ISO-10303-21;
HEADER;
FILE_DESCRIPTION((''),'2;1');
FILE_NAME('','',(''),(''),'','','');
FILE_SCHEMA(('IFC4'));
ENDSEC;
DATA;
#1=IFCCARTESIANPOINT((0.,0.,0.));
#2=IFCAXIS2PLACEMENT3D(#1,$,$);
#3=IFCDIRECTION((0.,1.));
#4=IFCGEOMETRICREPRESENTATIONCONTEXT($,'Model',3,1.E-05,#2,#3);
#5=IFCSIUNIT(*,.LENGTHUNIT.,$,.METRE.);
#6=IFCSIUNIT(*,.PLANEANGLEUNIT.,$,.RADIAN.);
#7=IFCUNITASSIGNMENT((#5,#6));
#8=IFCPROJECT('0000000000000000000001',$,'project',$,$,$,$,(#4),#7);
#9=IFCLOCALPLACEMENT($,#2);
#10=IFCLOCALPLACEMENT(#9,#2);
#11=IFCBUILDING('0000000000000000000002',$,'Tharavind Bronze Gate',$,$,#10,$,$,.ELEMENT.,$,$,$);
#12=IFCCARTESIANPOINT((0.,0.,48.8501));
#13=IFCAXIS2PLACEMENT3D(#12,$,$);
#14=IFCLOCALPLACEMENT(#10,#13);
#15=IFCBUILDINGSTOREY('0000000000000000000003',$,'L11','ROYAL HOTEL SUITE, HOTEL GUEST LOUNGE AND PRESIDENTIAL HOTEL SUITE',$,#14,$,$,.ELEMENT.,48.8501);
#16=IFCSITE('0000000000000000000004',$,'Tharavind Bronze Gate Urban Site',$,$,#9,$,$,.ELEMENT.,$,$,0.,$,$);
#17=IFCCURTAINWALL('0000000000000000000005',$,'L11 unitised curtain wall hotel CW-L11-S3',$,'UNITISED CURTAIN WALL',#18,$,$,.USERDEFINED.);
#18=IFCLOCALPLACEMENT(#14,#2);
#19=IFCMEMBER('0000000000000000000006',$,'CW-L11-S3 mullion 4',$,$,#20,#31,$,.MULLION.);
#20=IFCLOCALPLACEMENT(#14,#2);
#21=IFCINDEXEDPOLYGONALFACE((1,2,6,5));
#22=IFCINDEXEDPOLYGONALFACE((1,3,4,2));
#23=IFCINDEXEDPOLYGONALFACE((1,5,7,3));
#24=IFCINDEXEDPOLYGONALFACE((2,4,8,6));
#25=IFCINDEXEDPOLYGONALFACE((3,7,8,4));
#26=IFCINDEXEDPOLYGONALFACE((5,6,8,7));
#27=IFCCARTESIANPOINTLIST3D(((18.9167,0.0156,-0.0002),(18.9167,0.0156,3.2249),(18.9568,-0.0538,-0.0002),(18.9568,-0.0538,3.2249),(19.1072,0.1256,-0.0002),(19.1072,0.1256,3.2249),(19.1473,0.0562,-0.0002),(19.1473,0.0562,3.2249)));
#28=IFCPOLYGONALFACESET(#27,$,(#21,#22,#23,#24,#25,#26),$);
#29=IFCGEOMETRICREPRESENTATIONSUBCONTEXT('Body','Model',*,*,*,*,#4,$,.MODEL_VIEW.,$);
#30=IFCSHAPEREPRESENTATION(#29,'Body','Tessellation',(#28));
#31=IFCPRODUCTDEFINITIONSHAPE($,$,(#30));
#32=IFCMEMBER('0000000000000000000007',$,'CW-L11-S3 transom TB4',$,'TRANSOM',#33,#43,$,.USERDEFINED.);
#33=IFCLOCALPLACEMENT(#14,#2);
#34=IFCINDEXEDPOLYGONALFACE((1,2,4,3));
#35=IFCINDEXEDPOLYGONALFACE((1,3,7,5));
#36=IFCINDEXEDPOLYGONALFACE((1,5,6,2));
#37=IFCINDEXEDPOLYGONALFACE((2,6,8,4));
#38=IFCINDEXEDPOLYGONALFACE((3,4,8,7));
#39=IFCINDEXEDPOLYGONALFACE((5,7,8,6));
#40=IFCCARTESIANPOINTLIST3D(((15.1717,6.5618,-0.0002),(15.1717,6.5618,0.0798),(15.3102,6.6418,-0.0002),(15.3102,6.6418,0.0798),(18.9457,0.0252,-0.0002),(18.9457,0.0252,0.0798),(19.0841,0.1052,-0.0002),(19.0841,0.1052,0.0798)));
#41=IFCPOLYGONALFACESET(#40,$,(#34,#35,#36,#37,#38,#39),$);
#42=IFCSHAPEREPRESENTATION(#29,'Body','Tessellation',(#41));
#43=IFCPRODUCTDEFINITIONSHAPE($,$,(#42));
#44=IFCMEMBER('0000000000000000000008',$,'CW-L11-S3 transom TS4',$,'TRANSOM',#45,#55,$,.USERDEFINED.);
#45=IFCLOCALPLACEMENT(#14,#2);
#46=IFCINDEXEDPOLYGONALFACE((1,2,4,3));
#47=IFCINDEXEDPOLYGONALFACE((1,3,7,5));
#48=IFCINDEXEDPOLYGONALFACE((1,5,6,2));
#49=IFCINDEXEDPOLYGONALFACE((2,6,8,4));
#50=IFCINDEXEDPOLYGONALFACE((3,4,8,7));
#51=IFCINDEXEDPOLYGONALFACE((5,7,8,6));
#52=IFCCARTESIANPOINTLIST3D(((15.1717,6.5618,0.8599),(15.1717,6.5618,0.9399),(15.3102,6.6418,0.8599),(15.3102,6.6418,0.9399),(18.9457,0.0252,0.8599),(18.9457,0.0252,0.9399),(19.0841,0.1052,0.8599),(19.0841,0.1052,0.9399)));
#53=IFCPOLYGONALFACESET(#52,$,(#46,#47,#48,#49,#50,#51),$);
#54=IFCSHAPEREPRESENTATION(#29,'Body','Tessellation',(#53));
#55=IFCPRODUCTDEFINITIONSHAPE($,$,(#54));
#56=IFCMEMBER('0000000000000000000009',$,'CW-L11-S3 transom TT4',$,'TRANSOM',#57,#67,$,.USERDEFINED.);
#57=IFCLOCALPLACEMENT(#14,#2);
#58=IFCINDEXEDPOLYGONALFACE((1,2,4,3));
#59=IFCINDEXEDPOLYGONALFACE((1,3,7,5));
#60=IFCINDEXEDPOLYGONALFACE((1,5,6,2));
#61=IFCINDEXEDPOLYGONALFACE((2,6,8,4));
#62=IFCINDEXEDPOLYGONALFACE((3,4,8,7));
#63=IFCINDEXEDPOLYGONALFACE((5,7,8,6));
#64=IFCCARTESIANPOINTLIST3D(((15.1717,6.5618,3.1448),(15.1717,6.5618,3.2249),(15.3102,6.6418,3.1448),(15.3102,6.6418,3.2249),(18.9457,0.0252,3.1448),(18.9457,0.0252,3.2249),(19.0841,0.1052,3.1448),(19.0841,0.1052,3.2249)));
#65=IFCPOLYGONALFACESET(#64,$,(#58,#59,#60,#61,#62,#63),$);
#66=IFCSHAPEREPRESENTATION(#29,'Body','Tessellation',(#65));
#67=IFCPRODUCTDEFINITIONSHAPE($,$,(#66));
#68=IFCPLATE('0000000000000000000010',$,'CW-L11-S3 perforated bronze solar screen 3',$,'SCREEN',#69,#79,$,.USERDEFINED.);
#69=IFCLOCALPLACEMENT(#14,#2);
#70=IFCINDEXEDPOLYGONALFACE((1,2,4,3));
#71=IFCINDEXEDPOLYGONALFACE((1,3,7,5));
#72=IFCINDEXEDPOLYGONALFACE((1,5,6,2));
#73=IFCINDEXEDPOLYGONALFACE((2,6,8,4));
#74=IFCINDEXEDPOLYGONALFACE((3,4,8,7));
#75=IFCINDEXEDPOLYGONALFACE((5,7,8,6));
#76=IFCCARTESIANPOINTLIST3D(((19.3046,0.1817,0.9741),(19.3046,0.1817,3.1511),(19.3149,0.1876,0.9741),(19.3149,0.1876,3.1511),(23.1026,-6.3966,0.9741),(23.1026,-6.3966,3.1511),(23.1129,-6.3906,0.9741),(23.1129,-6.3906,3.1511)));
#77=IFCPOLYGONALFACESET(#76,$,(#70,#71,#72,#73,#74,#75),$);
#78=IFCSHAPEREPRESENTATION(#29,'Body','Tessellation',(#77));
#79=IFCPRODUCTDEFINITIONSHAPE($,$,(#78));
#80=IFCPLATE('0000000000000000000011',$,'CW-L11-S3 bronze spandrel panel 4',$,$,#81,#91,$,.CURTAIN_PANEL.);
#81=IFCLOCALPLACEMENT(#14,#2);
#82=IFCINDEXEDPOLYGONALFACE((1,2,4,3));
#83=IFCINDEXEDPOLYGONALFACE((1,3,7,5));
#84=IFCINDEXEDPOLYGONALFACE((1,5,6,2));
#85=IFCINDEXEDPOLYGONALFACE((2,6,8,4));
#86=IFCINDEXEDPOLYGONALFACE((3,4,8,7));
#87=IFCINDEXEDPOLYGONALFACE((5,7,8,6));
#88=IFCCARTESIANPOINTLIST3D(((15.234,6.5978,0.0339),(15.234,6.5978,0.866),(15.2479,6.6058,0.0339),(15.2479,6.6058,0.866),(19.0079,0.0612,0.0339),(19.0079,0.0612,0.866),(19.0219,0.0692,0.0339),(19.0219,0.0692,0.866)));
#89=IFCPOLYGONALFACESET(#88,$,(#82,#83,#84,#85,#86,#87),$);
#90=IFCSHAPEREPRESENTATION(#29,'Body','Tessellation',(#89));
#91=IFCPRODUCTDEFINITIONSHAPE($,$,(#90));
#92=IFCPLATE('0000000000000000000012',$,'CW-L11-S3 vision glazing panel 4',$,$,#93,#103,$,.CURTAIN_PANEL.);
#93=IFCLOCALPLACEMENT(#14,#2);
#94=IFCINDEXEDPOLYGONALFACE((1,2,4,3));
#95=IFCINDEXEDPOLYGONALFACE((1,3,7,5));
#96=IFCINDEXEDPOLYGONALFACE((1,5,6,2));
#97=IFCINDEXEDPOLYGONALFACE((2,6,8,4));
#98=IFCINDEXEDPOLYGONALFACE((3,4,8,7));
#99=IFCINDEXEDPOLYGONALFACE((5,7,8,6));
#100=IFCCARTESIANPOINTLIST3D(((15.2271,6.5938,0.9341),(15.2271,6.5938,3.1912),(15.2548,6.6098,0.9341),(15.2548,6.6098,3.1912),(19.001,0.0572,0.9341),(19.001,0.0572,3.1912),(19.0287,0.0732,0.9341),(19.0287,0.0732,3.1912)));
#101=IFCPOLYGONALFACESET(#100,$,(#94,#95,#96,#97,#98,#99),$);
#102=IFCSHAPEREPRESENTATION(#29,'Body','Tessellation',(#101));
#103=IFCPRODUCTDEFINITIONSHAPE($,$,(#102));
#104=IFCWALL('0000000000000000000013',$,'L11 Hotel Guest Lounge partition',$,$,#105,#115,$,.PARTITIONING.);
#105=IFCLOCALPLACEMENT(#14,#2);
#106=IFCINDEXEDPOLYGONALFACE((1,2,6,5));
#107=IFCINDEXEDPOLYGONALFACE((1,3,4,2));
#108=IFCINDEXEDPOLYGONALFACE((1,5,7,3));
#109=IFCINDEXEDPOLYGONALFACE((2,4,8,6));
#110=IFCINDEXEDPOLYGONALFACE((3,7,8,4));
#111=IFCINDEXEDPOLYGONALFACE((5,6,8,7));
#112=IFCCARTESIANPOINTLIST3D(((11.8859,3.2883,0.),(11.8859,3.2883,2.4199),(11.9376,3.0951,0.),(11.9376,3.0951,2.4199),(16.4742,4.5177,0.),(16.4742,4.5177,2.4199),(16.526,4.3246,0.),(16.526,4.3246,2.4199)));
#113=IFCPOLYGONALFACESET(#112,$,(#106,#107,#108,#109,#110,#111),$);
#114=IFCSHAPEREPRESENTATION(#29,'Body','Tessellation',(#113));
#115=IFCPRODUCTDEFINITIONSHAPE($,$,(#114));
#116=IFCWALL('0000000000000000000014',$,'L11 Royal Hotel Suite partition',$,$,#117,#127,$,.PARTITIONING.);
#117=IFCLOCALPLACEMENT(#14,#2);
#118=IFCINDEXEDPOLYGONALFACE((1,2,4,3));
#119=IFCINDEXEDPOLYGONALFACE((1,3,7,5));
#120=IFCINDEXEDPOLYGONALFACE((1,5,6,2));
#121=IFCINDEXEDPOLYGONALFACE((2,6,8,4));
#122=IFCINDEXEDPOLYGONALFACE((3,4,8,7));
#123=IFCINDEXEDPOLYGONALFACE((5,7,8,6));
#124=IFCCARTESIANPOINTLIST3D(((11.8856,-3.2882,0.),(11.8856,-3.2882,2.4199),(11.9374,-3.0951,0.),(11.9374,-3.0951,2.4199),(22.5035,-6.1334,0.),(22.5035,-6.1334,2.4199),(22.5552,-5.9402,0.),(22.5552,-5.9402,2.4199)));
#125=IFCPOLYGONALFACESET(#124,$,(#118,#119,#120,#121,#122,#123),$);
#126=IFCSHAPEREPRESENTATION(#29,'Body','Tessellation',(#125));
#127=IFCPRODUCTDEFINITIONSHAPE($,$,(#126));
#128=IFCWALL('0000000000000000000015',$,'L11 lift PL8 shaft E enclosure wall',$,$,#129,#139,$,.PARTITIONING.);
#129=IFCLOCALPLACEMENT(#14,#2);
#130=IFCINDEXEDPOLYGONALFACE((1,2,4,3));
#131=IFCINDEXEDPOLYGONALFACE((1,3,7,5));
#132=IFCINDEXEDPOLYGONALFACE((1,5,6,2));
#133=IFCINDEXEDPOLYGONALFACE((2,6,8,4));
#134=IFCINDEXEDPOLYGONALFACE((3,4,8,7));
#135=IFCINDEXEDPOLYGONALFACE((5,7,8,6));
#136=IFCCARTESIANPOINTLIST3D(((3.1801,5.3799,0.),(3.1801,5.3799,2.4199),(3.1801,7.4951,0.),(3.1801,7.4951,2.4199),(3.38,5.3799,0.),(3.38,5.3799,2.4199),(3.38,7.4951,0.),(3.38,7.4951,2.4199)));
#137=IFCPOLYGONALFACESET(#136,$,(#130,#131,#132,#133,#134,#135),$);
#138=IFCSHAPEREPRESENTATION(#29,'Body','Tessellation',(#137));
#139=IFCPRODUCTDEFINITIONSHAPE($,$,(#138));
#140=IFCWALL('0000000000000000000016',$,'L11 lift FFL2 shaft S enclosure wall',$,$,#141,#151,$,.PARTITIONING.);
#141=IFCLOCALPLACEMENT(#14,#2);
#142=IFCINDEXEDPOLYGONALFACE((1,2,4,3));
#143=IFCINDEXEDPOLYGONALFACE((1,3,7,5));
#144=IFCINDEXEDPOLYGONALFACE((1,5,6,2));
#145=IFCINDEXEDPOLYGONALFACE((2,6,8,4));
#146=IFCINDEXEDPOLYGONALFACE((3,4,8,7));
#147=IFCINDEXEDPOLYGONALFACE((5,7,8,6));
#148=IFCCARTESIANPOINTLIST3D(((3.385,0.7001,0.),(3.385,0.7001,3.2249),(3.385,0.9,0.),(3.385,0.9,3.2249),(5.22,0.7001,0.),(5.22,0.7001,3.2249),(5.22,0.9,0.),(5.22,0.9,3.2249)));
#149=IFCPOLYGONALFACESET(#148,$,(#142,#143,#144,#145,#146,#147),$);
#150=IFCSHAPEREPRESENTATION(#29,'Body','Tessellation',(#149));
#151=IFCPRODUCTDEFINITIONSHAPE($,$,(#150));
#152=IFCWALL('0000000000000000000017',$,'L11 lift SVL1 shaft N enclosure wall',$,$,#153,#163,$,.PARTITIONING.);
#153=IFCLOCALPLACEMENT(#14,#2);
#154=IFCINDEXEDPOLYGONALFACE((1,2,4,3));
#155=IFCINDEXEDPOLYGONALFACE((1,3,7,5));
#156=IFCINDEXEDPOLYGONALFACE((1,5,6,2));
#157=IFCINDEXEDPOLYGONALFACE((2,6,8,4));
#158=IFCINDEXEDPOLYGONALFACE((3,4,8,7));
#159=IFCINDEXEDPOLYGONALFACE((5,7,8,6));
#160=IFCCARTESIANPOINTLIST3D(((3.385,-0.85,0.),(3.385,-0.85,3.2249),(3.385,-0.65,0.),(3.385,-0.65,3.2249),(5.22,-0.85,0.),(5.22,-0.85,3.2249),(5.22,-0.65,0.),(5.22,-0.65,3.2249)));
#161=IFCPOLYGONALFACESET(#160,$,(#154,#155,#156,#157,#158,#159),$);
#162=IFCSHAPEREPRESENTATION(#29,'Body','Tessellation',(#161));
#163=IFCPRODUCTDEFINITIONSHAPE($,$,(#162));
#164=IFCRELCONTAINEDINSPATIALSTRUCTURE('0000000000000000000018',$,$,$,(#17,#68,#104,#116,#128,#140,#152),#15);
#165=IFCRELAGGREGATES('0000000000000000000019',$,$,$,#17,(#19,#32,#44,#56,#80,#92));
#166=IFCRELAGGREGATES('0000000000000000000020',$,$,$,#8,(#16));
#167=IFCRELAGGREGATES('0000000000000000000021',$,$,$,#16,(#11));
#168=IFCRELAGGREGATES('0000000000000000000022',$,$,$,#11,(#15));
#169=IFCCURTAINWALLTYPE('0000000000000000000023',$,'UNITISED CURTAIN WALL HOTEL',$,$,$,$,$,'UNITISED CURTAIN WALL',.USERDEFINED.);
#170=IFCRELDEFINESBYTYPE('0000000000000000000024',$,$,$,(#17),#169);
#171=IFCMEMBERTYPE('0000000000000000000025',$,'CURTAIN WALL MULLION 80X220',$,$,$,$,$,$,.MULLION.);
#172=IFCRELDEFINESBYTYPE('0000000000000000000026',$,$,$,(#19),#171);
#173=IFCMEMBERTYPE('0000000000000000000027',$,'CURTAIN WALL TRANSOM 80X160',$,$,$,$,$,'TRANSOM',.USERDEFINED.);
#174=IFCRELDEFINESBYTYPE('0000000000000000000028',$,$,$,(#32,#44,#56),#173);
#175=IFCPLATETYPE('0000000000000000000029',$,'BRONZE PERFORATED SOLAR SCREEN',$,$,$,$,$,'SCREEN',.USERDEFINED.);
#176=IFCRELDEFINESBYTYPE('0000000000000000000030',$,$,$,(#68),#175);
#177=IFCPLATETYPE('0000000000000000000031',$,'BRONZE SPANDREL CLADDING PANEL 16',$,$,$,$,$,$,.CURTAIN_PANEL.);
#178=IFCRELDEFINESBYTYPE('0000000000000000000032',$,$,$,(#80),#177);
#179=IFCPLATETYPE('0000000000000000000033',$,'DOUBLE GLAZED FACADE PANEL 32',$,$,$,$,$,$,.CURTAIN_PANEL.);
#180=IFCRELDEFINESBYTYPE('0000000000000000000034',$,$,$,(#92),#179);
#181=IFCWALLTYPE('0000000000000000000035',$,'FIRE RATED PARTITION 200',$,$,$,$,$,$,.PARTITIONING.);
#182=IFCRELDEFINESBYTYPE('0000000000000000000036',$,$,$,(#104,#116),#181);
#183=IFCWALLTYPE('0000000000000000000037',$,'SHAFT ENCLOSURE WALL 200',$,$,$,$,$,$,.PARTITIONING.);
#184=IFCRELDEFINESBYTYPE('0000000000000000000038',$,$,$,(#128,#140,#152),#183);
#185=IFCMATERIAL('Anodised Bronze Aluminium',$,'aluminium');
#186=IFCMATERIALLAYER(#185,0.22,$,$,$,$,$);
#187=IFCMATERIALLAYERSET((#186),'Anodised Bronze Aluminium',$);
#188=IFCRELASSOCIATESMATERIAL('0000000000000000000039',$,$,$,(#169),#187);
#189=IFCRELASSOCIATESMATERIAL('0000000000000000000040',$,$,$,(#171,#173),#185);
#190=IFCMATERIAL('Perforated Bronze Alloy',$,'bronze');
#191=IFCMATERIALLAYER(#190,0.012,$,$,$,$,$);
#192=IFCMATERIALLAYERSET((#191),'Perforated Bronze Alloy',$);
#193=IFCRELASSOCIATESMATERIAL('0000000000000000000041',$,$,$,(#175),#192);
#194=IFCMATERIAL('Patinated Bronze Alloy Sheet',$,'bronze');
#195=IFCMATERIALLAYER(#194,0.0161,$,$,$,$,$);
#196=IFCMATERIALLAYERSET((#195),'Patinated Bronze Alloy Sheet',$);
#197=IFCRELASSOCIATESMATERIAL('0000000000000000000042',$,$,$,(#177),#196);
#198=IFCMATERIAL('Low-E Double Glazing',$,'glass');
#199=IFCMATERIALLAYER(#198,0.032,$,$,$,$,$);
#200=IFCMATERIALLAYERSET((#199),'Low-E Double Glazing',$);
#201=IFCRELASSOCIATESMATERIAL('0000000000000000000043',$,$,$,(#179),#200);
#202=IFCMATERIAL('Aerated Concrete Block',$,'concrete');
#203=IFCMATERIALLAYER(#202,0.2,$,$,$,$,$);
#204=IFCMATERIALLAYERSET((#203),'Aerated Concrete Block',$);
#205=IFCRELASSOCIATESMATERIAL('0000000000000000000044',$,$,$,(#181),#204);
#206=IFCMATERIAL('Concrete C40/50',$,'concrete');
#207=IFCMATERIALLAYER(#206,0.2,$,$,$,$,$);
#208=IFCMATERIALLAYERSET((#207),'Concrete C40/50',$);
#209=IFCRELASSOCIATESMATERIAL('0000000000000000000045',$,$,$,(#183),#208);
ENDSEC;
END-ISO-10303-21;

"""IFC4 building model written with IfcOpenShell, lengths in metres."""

from ifc_helpers import new_model, si_unit, direction, frame, frame_2d, origin, origin_2d, place, context, subcontext, project, spatial, rectangle, extrude, material, layer, layer_set, type_object, element, aggregate, save


model = new_model("IFC4")

# Units and contexts
model_context = context("Model", 3, precision=1e-05, world=origin(), true_north=direction((0.0, 1.0)))
body_context = subcontext(model_context, "Body", "Model", "MODEL_VIEW")
ifc_project = project(units=[si_unit("LENGTHUNIT", "METRE"), si_unit("PLANEANGLEUNIT", "RADIAN")], contexts=[model_context])

# Site, building, storey
site_placement = place(None, origin())
site = spatial("IfcSite", under=ifc_project, at=site_placement, Name="Tharavind Bronze Gate Urban Site", CompositionType="ELEMENT", RefElevation=0.0)
building_placement = place(site_placement, origin())
building = spatial("IfcBuilding", under=site, at=building_placement, Name="Tharavind Bronze Gate", CompositionType="ELEMENT")
storey_placement = place(building_placement, frame((0.0, 0.0, 48.8501)))
storey = spatial("IfcBuildingStorey", under=building, at=storey_placement, Name="L11", Description="ROYAL HOTEL SUITE, HOTEL GUEST LOUNGE AND PRESIDENTIAL HOTEL SUITE", CompositionType="ELEMENT", Elevation=48.8501)

# Curtain wall, members
ifc_material_1 = material(Name="Anodised Bronze Aluminium", Category="aluminium")
ifc_layer_1 = layer(ifc_material_1, 0.22)
ifc_layer_set_1 = layer_set([ifc_layer_1], Name="Anodised Bronze Aluminium")
curtain_wall_type = type_object("IfcCurtainWallType", Name="UNITISED CURTAIN WALL HOTEL", ElementType="UNITISED CURTAIN WALL", PredefinedType="USERDEFINED", material=ifc_layer_set_1)
curtain_wall_placement = place(storey_placement, origin())
curtain_wall = element("IfcCurtainWall", 1, at=curtain_wall_placement, inside=storey, type_object=curtain_wall_type, Name="L11 unitised curtain wall hotel CW-L11-S3", ObjectType="UNITISED CURTAIN WALL", PredefinedType="USERDEFINED")
member_type_1 = type_object("IfcMemberType", Name="CURTAIN WALL MULLION 80X220", PredefinedType="MULLION", material=ifc_material_1)
member_1_placement = place(storey_placement, frame((19.032, 0.0359, -0.0002), z_axis=(0.0, 0.0, 1.0), x_axis=(-0.500002, 0.866025, 0.0)))
member_1 = element("IfcMember", 2, at=member_1_placement, type_object=member_type_1, Name="CW-L11-S3 mullion 4", PredefinedType="MULLION", context=body_context, shape_type="SweptSolid", body=[
    extrude(rectangle(XDim=0.0801, YDim=0.22, at=origin_2d()), origin(), (0.0, 0.0, 1.0), 3.2251),
])
member_type_2 = type_object("IfcMemberType", Name="CURTAIN WALL TRANSOM 80X160", ElementType="TRANSOM", PredefinedType="USERDEFINED", material=ifc_material_1)
member_2_placement = place(storey_placement, frame((17.1279, 3.3335, -0.0002), z_axis=(0.0, 0.0, 1.0), x_axis=(-0.500002, 0.866025, 0.0)))
member_2 = element("IfcMember", 3, at=member_2_placement, type_object=member_type_2, Name="CW-L11-S3 transom TB4", ObjectType="TRANSOM", PredefinedType="USERDEFINED", context=body_context, shape_type="SweptSolid", body=[
    extrude(rectangle(XDim=7.5479, YDim=0.1599, at=origin_2d()), origin(), (0.0, 0.0, 1.0), 0.0801),
])
member_3_placement = place(storey_placement, frame((17.1279, 3.3335, 0.8599), z_axis=(0.0, 0.0, 1.0), x_axis=(-0.500002, 0.866025, 0.0)))
member_3 = element("IfcMember", 4, at=member_3_placement, type_object=member_type_2, Name="CW-L11-S3 transom TS4", ObjectType="TRANSOM", PredefinedType="USERDEFINED", context=body_context, shape_type="SweptSolid", body=[
    extrude(rectangle(XDim=7.5479, YDim=0.1599, at=origin_2d()), origin(), (0.0, 0.0, 1.0), 0.0801),
])
member_4_placement = place(storey_placement, frame((17.1279, 3.3335, 3.1448), z_axis=(0.0, 0.0, 1.0), x_axis=(-0.500002, 0.866025, 0.0)))
member_4 = element("IfcMember", 5, at=member_4_placement, type_object=member_type_2, Name="CW-L11-S3 transom TT4", ObjectType="TRANSOM", PredefinedType="USERDEFINED", context=body_context, shape_type="SweptSolid", body=[
    extrude(rectangle(XDim=7.5479, YDim=0.1599, at=origin_2d()), origin(), (0.0, 0.0, 1.0), 0.0801),
])

# Plates
ifc_material_2 = material(Name="Perforated Bronze Alloy", Category="bronze")
ifc_layer_2 = layer(ifc_material_2, 0.012)
ifc_layer_set_2 = layer_set([ifc_layer_2], Name="Perforated Bronze Alloy")
plate_type_1 = type_object("IfcPlateType", Name="BRONZE PERFORATED SOLAR SCREEN", ElementType="SCREEN", PredefinedType="USERDEFINED", material=ifc_layer_set_2)
plate_1_placement = place(storey_placement, frame((21.2087, -3.1045, 0.9741), z_axis=(0.0, 0.0, 1.0), x_axis=(-0.500002, 0.866025, 0.0)))
element("IfcPlate", 6, at=plate_1_placement, inside=storey, type_object=plate_type_1, Name="CW-L11-S3 perforated bronze solar screen 3", ObjectType="SCREEN", PredefinedType="USERDEFINED", context=body_context, shape_type="SweptSolid", body=[
    extrude(rectangle(XDim=7.5959, YDim=0.012, at=origin_2d()), origin(), (0.0, 0.0, 1.0), 2.177),
])
ifc_material_3 = material(Name="Patinated Bronze Alloy Sheet", Category="bronze")
ifc_layer_3 = layer(ifc_material_3, 0.0161)
ifc_layer_set_3 = layer_set([ifc_layer_3], Name="Patinated Bronze Alloy Sheet")
plate_type_2 = type_object("IfcPlateType", Name="BRONZE SPANDREL CLADDING PANEL 16", PredefinedType="CURTAIN_PANEL", material=ifc_layer_set_3)
plate_2_placement = place(storey_placement, frame((17.1279, 3.3335, 0.0339), z_axis=(0.0, 0.0, 1.0), x_axis=(-0.500002, 0.866025, 0.0)))
plate_2 = element("IfcPlate", 7, at=plate_2_placement, type_object=plate_type_2, Name="CW-L11-S3 bronze spandrel panel 4", PredefinedType="CURTAIN_PANEL", context=body_context, shape_type="SweptSolid", body=[
    extrude(rectangle(XDim=7.5479, YDim=0.0161, at=origin_2d()), origin(), (0.0, 0.0, 1.0), 0.832),
])
ifc_material_4 = material(Name="Low-E Double Glazing", Category="glass")
ifc_layer_4 = layer(ifc_material_4, 0.032)
ifc_layer_set_4 = layer_set([ifc_layer_4], Name="Low-E Double Glazing")
plate_type_3 = type_object("IfcPlateType", Name="DOUBLE GLAZED FACADE PANEL 32", PredefinedType="CURTAIN_PANEL", material=ifc_layer_set_4)
plate_3_placement = place(storey_placement, frame((17.1279, 3.3335, 0.9341), z_axis=(0.0, 0.0, 1.0), x_axis=(-0.500002, 0.866025, 0.0)))
plate_3 = element("IfcPlate", 8, at=plate_3_placement, type_object=plate_type_3, Name="CW-L11-S3 vision glazing panel 4", PredefinedType="CURTAIN_PANEL", context=body_context, shape_type="SweptSolid", body=[
    extrude(rectangle(XDim=7.5479, YDim=0.032, at=origin_2d()), origin(), (0.0, 0.0, 1.0), 2.2571),
])
aggregate(curtain_wall, [member_1, member_2, member_3, member_4, plate_2, plate_3])

# Wall
ifc_material_5 = material(Name="Aerated Concrete Block", Category="concrete")
ifc_layer_5 = layer(ifc_material_5, 0.2)
ifc_layer_set_5 = layer_set([ifc_layer_5], Name="Aerated Concrete Block")
wall_type_1 = type_object("IfcWallType", Name="FIRE RATED PARTITION 200", PredefinedType="PARTITIONING", material=ifc_layer_set_5)
wall_1_placement = place(storey_placement, frame((16.5, 4.4211, 0.0), z_axis=(0.0, 0.0, 1.0), x_axis=(-0.965924, -0.258827, 0.0)))
element("IfcWall", 9, at=wall_1_placement, inside=storey, type_object=wall_type_1, Name="L11 Hotel Guest Lounge partition", PredefinedType="PARTITIONING", context=body_context, shape_type="SweptSolid", body=[
    extrude(rectangle(XDim=4.7502, YDim=0.2, at=frame_2d((2.375, 0.0))), origin(), (0.0, 0.0, 1.0), 2.4199),
])

# Wall
wall_2_placement = place(storey_placement, frame((11.9116, -3.1917, 0.0), z_axis=(0.0, 0.0, 1.0), x_axis=(0.965922, -0.258832, 0.0)))
element("IfcWall", 10, at=wall_2_placement, inside=storey, type_object=wall_type_1, Name="L11 Royal Hotel Suite partition", PredefinedType="PARTITIONING", context=body_context, shape_type="SweptSolid", body=[
    extrude(rectangle(XDim=10.9924, YDim=0.2, at=frame_2d((5.4961, 0.0))), origin(), (0.0, 0.0, 1.0), 2.4199),
])

# Walls
ifc_material_6 = material(Name="Concrete C40/50", Category="concrete")
ifc_layer_6 = layer(ifc_material_6, 0.2)
ifc_layer_set_6 = layer_set([ifc_layer_6], Name="Concrete C40/50")
wall_type_2 = type_object("IfcWallType", Name="SHAFT ENCLOSURE WALL 200", PredefinedType="PARTITIONING", material=ifc_layer_set_6)
wall_3_placement = place(storey_placement, frame((3.28, 5.3799, 0.0), z_axis=(0.0, 0.0, 1.0), x_axis=(0.0, 1.0, 0.0)))
element("IfcWall", 11, at=wall_3_placement, inside=storey, type_object=wall_type_2, Name="L11 lift PL8 shaft E enclosure wall", PredefinedType="PARTITIONING", context=body_context, shape_type="SweptSolid", body=[
    extrude(rectangle(XDim=2.1152, YDim=0.2, at=frame_2d((1.0576, 0.0))), origin(), (0.0, 0.0, 1.0), 2.4199),
])
for number, where, z_axis, x_axis, name in (
    (12, (3.385, 0.8, 0.0), (0.0, 0.0, 1.0), (1.0, 0.0, 0.0), "L11 lift FFL2 shaft S enclosure wall"),
    (13, (3.385, -0.75, 0.0), (0.0, 0.0, 1.0), (1.0, 0.0, 0.0), "L11 lift SVL1 shaft N enclosure wall"),
):
    element("IfcWall", number, at=place(storey_placement, frame(where, z_axis=z_axis, x_axis=x_axis)), inside=storey, type_object=wall_type_2, Name=name, PredefinedType="PARTITIONING", context=body_context, shape_type="SweptSolid", body=[
        extrude(rectangle(XDim=1.835, YDim=0.2, at=frame_2d((0.9175, 0.0))), origin(), (0.0, 0.0, 1.0), 3.2249),
    ])

save(model, "model.ifc")
